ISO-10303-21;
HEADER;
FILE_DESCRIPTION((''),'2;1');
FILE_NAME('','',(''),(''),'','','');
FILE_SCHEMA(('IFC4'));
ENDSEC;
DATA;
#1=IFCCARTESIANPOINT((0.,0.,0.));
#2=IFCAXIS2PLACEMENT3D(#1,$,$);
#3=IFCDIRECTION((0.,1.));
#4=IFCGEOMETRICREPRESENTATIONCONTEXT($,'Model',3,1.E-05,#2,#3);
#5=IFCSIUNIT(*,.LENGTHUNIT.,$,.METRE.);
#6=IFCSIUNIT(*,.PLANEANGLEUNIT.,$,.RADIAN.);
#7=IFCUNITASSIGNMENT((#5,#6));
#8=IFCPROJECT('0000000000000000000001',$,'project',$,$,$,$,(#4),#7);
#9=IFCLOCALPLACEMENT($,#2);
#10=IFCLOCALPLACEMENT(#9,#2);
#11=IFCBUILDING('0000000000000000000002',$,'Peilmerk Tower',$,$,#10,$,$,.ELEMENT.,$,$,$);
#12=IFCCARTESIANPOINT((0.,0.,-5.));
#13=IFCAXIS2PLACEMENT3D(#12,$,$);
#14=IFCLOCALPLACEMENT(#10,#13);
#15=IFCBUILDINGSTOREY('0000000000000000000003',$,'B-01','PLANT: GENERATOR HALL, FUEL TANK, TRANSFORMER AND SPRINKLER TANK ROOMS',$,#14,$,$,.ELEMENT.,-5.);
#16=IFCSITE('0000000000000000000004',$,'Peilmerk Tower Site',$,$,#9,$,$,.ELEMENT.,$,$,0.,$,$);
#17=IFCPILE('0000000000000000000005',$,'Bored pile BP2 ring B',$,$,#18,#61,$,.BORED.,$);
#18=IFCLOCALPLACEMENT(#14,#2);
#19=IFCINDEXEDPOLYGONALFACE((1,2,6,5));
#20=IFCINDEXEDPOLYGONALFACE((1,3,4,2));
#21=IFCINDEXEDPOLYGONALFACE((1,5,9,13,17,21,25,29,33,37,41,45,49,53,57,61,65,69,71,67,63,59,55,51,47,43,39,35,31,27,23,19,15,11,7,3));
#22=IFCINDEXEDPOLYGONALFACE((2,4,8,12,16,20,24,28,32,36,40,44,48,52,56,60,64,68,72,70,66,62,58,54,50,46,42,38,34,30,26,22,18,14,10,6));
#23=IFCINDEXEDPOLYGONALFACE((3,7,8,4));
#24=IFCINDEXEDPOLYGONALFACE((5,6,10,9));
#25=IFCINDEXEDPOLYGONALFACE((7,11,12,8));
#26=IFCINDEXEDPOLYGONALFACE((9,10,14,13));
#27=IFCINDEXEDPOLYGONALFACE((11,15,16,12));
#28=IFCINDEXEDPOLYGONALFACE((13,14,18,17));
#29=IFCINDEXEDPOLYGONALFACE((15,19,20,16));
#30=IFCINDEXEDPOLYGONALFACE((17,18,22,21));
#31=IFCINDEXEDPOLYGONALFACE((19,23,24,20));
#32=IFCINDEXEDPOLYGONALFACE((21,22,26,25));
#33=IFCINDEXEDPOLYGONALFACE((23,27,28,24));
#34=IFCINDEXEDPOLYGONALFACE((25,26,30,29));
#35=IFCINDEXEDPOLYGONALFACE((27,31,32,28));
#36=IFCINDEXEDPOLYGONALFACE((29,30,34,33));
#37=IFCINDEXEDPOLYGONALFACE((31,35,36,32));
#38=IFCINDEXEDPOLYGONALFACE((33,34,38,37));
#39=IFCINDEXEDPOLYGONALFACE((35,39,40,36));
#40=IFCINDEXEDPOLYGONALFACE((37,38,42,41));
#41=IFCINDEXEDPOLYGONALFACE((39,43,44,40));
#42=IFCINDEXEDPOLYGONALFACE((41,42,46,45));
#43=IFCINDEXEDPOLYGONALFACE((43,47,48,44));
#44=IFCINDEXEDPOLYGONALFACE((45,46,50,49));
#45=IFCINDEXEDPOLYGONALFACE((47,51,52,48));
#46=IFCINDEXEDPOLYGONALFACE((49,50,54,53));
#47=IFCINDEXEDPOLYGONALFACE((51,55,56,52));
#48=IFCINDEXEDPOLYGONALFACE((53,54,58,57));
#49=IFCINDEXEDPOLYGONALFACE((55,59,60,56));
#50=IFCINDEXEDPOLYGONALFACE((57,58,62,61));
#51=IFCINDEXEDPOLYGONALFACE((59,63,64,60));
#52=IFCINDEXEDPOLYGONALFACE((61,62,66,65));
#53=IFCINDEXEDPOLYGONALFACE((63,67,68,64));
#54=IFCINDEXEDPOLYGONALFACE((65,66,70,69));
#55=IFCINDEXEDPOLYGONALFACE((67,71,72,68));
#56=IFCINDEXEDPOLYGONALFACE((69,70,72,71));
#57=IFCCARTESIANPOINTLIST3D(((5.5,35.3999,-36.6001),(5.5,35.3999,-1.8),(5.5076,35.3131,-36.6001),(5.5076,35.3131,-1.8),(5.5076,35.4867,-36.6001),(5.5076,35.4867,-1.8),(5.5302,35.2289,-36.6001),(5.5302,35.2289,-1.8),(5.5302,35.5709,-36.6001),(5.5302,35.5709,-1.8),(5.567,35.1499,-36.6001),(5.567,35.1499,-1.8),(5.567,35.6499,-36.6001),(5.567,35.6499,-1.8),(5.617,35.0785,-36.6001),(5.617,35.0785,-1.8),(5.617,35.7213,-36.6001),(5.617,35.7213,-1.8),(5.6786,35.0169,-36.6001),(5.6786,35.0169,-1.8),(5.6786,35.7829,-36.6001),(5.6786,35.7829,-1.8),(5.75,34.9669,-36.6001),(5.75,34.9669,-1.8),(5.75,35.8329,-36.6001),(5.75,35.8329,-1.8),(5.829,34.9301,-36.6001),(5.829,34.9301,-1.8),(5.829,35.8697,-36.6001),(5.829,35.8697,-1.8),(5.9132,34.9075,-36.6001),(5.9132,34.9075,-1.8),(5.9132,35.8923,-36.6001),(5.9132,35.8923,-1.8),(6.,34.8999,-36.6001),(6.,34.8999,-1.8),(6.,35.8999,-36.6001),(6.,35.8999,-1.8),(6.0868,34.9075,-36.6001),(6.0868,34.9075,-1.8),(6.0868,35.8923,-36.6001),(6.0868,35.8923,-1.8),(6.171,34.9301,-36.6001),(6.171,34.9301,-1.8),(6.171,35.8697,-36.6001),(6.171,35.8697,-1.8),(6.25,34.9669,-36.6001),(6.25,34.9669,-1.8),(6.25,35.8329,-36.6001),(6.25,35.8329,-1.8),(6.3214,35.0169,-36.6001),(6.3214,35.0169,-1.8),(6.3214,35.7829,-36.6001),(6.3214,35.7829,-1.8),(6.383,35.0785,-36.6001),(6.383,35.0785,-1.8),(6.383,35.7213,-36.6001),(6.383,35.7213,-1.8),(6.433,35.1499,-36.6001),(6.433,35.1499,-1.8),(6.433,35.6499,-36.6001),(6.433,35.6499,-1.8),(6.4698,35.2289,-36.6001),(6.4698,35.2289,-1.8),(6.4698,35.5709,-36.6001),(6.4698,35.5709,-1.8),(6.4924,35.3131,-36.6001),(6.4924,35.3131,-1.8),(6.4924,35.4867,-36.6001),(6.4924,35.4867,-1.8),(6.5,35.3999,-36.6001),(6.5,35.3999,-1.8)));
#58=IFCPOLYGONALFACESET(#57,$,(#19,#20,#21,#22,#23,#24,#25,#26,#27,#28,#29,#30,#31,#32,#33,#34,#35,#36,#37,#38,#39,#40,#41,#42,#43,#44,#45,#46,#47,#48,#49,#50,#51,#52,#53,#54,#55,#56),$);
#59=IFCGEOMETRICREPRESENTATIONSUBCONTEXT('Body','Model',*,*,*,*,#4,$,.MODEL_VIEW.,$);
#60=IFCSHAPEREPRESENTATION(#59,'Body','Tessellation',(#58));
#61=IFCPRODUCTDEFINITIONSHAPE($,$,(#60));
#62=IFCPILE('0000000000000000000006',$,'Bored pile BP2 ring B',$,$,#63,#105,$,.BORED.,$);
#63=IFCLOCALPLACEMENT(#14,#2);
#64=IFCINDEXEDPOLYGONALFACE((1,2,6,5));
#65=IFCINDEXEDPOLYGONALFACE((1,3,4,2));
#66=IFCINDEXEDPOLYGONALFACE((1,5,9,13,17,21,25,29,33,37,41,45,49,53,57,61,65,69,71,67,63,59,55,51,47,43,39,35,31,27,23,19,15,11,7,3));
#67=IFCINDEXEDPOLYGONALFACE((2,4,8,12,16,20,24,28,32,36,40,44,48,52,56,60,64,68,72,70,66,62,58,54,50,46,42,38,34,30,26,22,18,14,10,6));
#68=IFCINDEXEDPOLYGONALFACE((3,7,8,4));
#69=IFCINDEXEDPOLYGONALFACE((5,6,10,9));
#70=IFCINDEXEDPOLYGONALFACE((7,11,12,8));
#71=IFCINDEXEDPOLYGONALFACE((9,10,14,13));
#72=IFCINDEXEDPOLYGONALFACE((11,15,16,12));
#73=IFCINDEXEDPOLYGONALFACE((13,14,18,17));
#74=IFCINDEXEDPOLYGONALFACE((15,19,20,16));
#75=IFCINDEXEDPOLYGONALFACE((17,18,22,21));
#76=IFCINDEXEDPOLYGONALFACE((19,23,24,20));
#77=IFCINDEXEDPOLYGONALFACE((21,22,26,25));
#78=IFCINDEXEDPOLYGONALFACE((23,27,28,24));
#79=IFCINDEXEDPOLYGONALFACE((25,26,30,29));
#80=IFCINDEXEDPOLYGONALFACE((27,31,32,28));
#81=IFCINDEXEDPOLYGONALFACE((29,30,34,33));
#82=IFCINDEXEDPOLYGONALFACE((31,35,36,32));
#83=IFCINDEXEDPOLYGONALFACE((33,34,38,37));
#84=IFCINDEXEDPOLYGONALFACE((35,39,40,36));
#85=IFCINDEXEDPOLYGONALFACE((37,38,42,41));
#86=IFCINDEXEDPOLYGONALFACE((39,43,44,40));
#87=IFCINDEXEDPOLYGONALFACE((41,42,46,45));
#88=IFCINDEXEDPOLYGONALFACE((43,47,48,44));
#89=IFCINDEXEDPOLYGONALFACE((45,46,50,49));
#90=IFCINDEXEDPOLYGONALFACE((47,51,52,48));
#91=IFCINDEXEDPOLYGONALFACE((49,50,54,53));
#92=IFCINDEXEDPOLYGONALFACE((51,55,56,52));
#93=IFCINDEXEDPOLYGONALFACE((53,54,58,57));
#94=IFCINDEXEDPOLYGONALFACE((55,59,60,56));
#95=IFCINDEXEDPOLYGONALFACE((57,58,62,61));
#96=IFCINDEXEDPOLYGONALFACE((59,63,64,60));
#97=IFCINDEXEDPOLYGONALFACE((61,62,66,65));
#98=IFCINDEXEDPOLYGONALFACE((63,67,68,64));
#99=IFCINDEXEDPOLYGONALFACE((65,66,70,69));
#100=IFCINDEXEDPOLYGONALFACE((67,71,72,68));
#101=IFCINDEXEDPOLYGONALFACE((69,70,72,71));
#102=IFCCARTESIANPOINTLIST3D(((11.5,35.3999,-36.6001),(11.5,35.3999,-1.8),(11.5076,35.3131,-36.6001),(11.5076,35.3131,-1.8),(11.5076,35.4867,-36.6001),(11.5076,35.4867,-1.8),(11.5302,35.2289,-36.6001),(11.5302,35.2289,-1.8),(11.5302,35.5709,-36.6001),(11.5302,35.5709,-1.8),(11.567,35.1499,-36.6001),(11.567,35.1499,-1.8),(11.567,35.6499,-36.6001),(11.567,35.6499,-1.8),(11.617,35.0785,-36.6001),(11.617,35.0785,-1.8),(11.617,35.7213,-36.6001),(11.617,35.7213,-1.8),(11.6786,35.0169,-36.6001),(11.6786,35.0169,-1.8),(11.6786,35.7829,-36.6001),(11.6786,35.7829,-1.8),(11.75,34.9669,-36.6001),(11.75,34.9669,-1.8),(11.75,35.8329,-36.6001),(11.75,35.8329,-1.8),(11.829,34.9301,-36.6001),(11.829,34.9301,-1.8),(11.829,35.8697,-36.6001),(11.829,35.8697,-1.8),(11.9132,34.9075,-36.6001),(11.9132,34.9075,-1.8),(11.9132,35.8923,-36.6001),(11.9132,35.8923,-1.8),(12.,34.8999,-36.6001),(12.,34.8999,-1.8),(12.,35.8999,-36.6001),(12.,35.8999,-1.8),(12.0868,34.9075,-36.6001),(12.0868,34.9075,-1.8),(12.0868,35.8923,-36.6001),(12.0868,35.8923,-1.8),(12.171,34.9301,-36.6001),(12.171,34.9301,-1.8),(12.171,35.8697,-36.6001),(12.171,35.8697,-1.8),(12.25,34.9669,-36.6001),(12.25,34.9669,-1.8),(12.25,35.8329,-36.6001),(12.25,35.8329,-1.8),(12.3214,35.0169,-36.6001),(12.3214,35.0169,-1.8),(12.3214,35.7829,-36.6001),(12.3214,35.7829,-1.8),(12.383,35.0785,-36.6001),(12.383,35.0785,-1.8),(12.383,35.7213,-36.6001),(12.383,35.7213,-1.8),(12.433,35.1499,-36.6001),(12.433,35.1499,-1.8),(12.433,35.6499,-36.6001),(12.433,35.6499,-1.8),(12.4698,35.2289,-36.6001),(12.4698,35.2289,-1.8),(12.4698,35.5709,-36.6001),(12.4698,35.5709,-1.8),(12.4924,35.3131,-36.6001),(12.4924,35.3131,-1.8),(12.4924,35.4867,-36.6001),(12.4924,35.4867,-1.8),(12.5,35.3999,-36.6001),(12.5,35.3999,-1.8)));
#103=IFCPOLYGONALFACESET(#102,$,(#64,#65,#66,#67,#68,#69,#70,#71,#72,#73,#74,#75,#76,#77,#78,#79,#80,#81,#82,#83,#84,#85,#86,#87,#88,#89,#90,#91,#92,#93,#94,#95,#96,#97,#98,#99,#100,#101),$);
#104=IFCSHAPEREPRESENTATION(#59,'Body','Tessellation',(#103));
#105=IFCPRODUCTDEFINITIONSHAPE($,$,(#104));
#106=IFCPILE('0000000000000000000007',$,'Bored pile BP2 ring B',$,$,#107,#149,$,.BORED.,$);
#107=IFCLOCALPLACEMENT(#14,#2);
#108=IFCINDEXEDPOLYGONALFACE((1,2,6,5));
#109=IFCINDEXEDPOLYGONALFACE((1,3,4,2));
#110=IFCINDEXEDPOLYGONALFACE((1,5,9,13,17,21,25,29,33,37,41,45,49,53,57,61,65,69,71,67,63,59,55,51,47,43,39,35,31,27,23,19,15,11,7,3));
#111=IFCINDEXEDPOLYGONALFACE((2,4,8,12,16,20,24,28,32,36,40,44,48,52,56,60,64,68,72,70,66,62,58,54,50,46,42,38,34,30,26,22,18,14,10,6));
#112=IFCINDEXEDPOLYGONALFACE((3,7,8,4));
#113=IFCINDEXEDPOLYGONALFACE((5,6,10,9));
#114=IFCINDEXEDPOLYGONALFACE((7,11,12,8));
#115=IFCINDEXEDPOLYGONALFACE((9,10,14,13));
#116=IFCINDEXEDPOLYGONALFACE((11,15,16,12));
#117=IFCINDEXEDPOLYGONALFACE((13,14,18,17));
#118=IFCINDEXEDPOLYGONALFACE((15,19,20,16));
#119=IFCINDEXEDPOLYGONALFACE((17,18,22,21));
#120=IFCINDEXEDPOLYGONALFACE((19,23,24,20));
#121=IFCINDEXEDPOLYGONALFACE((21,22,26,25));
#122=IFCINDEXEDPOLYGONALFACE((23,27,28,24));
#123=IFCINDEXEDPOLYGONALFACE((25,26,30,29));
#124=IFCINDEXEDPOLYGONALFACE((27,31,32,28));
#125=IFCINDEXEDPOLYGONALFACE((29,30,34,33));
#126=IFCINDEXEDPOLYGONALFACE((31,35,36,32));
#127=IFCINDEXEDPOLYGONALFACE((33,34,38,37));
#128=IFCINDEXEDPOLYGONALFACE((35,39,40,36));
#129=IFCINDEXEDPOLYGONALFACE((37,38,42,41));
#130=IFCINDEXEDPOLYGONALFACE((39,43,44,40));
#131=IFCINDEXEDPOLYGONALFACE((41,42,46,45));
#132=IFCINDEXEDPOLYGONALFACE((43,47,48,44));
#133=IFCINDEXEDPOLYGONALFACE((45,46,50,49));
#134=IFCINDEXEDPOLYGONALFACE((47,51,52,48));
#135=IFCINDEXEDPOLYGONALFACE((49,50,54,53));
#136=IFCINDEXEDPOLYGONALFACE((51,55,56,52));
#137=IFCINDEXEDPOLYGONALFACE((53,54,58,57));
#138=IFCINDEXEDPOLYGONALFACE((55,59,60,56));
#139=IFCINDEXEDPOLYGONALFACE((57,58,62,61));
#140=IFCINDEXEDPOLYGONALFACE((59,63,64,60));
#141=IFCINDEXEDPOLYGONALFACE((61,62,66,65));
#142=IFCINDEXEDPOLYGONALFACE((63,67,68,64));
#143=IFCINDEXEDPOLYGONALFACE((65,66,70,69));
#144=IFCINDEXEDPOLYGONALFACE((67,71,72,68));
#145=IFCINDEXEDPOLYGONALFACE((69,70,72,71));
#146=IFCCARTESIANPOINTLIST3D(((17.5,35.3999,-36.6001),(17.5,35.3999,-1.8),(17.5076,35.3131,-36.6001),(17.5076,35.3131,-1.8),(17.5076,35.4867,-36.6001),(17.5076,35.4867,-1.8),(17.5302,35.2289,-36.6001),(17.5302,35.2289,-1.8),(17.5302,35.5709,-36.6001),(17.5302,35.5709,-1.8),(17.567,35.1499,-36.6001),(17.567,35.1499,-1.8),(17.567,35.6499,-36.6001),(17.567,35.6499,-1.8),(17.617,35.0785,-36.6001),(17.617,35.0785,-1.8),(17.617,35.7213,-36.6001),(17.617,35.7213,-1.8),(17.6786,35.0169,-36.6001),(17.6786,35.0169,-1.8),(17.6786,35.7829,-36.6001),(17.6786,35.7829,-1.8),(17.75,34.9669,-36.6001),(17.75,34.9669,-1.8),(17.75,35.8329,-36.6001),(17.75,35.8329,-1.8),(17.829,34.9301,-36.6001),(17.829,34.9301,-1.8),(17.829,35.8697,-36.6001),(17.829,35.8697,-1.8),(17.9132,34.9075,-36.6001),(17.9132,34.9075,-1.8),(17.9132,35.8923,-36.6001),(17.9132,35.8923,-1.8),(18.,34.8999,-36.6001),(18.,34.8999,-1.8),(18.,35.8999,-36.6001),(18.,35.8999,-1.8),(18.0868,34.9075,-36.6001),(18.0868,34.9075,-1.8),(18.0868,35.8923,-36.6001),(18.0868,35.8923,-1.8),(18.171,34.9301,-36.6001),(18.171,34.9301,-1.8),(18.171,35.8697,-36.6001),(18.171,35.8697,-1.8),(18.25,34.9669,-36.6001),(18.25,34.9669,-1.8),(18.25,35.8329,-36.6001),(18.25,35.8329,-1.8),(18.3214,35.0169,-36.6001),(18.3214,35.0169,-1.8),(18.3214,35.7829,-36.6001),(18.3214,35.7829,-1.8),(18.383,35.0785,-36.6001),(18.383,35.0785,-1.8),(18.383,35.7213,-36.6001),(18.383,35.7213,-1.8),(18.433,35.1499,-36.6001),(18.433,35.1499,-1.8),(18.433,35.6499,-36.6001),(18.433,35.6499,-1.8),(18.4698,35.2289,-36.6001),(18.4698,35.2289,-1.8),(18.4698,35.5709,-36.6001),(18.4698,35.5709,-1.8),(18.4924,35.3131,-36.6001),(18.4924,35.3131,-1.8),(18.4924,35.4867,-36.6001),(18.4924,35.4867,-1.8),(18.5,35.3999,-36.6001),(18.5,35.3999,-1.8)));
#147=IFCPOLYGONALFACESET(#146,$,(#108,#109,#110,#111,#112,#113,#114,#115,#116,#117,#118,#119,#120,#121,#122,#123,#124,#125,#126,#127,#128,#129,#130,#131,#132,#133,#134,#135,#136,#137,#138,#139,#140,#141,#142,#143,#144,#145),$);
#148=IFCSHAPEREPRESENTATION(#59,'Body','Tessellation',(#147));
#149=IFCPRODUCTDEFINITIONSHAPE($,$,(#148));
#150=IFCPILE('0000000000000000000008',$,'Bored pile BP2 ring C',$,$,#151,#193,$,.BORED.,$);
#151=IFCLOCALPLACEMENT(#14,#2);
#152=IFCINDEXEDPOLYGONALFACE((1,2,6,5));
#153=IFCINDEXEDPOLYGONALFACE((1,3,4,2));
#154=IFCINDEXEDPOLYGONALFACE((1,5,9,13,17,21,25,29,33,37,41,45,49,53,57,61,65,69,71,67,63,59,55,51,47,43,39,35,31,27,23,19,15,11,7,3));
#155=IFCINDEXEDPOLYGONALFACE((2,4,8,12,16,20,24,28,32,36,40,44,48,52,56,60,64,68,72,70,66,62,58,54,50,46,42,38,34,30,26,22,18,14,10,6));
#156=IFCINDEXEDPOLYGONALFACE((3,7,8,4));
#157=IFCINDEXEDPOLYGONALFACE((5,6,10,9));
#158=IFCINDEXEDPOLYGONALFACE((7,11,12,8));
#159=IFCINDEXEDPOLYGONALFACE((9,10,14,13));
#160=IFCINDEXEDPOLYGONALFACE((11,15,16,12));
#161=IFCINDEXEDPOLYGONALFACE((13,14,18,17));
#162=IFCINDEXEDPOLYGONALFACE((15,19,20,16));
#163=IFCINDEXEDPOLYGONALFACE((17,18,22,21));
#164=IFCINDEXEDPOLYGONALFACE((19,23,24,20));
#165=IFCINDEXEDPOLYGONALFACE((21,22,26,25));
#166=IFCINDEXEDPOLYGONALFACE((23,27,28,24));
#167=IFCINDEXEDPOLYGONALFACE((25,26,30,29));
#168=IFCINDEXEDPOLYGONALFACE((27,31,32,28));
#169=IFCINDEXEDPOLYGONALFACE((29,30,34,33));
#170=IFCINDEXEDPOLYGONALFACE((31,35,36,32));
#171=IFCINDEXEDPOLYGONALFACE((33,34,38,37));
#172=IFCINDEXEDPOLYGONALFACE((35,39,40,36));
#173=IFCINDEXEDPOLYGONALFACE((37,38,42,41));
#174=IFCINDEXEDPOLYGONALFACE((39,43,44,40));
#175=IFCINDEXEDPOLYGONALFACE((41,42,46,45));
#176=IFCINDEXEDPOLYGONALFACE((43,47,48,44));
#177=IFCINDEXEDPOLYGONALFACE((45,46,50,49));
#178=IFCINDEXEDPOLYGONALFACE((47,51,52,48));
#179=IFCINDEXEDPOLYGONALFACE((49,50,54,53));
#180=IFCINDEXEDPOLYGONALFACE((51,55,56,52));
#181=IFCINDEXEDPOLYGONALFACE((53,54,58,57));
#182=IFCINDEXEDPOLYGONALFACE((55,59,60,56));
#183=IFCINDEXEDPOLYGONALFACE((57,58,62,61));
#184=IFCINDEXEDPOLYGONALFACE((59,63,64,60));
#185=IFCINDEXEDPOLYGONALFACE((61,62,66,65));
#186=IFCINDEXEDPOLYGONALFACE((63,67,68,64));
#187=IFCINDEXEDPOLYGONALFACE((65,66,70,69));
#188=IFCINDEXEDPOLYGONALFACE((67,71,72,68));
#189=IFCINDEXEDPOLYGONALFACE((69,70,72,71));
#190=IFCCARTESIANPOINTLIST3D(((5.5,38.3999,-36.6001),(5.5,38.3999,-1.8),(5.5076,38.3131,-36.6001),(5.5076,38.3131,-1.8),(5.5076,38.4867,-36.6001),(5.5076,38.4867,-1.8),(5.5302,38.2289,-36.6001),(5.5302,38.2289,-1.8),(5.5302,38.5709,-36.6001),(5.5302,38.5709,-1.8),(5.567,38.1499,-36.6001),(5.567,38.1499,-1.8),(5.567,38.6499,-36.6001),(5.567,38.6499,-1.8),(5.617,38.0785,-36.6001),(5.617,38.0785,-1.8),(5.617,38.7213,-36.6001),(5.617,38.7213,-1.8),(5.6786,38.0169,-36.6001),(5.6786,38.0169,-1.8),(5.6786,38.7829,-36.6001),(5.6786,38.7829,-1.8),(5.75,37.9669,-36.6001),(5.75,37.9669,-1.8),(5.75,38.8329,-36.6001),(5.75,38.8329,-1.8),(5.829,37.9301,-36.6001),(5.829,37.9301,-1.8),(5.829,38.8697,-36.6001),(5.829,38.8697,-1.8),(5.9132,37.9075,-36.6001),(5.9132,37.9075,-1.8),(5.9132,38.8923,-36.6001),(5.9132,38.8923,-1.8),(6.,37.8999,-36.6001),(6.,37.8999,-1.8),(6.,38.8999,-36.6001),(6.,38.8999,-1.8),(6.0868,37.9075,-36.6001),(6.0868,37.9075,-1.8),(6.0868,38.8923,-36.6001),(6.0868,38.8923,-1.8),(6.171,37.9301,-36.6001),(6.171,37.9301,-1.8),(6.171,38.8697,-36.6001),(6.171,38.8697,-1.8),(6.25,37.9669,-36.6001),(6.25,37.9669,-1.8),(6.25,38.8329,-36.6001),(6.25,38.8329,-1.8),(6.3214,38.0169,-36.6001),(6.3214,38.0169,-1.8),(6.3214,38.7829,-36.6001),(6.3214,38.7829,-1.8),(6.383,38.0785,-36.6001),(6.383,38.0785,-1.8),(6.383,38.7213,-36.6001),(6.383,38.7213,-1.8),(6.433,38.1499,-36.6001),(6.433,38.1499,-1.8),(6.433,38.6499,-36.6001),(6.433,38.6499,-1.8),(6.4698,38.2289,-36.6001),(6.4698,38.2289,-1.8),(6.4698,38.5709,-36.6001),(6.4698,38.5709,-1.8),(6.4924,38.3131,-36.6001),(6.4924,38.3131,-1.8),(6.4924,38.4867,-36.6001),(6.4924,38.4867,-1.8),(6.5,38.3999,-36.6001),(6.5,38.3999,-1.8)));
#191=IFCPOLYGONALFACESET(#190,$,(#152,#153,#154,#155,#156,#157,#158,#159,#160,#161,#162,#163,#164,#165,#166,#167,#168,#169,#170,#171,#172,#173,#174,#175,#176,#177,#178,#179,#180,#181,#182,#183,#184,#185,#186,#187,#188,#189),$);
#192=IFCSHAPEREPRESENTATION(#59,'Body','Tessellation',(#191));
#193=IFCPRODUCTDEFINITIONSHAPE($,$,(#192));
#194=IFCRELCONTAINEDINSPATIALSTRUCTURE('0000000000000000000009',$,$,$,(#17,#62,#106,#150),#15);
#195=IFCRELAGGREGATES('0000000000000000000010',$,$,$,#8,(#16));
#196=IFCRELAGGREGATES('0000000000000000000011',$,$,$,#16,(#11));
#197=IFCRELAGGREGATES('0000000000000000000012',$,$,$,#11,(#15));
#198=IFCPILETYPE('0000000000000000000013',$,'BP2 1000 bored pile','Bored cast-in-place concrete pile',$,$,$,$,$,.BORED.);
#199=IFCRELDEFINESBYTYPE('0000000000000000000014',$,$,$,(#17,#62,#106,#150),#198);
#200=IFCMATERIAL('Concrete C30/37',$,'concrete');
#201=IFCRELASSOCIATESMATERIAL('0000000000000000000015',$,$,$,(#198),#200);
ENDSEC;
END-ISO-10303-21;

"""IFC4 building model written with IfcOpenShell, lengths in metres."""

from ifc_helpers import new_model, si_unit, direction, frame, origin, origin_2d, place, context, subcontext, project, spatial, circle, extrude, material, material_profile, profile_set, type_object, element, save


model = new_model("IFC4")

# Units and contexts
model_context = context("Model", 3, precision=1e-05, world=origin(), true_north=direction((0.0, 1.0)))
body_context = subcontext(model_context, "Body", "Model", "MODEL_VIEW")
ifc_project = project(units=[si_unit("LENGTHUNIT", "METRE"), si_unit("PLANEANGLEUNIT", "RADIAN")], contexts=[model_context])

# Site, building, storey
site_placement = place(None, origin())
site = spatial("IfcSite", under=ifc_project, at=site_placement, Name="Peilmerk Tower Site", CompositionType="ELEMENT", RefElevation=0.0)
building_placement = place(site_placement, origin())
building = spatial("IfcBuilding", under=site, at=building_placement, Name="Peilmerk Tower", CompositionType="ELEMENT")
storey_placement = place(building_placement, frame((0.0, 0.0, -5.0)))
storey = spatial("IfcBuildingStorey", under=building, at=storey_placement, Name="B-01", Description="PLANT: GENERATOR HALL, FUEL TANK, TRANSFORMER AND SPRINKLER TANK ROOMS", CompositionType="ELEMENT", Elevation=-5.0)

# Piles
ifc_material_1 = material(Name="Concrete C30/37", Category="concrete")
ifc_material_profile_1 = material_profile(ifc_material_1, circle(Radius=0.5, at=origin_2d()), Name="BP 1000")
ifc_profile_set_1 = profile_set([ifc_material_profile_1], Name="Concrete C30/37")
pile_type_1 = type_object("IfcPileType", Name="BP2 1000 bored pile", Description="Bored cast-in-place concrete pile", PredefinedType="BORED", material=ifc_profile_set_1)
for number, where, z_axis, x_axis, name in (
    (1, (6.0, 35.3999, -1.8), (0.0, 0.0, -1.0), (1.0, 0.0, 0.0), "Bored pile BP2 ring B"),
    (2, (12.0, 35.3999, -1.8), (0.0, 0.0, -1.0), (1.0, 0.0, 0.0), "Bored pile BP2 ring B"),
    (3, (18.0, 35.3999, -1.8), (0.0, 0.0, -1.0), (1.0, 0.0, 0.0), "Bored pile BP2 ring B"),
    (4, (6.0, 38.3999, -1.8), (0.0, 0.0, -1.0), (1.0, 0.0, 0.0), "Bored pile BP2 ring C"),
):
    element("IfcPile", number, at=place(storey_placement, frame(where, z_axis=z_axis, x_axis=x_axis)), inside=storey, type_object=pile_type_1, Name=name, PredefinedType="BORED", context=body_context, shape_type="SweptSolid", body=[
        extrude(circle(Radius=0.5, at=origin_2d()), origin(), (0.0, 0.0, 1.0), 34.8),
    ])

save(model, "model.ifc")
